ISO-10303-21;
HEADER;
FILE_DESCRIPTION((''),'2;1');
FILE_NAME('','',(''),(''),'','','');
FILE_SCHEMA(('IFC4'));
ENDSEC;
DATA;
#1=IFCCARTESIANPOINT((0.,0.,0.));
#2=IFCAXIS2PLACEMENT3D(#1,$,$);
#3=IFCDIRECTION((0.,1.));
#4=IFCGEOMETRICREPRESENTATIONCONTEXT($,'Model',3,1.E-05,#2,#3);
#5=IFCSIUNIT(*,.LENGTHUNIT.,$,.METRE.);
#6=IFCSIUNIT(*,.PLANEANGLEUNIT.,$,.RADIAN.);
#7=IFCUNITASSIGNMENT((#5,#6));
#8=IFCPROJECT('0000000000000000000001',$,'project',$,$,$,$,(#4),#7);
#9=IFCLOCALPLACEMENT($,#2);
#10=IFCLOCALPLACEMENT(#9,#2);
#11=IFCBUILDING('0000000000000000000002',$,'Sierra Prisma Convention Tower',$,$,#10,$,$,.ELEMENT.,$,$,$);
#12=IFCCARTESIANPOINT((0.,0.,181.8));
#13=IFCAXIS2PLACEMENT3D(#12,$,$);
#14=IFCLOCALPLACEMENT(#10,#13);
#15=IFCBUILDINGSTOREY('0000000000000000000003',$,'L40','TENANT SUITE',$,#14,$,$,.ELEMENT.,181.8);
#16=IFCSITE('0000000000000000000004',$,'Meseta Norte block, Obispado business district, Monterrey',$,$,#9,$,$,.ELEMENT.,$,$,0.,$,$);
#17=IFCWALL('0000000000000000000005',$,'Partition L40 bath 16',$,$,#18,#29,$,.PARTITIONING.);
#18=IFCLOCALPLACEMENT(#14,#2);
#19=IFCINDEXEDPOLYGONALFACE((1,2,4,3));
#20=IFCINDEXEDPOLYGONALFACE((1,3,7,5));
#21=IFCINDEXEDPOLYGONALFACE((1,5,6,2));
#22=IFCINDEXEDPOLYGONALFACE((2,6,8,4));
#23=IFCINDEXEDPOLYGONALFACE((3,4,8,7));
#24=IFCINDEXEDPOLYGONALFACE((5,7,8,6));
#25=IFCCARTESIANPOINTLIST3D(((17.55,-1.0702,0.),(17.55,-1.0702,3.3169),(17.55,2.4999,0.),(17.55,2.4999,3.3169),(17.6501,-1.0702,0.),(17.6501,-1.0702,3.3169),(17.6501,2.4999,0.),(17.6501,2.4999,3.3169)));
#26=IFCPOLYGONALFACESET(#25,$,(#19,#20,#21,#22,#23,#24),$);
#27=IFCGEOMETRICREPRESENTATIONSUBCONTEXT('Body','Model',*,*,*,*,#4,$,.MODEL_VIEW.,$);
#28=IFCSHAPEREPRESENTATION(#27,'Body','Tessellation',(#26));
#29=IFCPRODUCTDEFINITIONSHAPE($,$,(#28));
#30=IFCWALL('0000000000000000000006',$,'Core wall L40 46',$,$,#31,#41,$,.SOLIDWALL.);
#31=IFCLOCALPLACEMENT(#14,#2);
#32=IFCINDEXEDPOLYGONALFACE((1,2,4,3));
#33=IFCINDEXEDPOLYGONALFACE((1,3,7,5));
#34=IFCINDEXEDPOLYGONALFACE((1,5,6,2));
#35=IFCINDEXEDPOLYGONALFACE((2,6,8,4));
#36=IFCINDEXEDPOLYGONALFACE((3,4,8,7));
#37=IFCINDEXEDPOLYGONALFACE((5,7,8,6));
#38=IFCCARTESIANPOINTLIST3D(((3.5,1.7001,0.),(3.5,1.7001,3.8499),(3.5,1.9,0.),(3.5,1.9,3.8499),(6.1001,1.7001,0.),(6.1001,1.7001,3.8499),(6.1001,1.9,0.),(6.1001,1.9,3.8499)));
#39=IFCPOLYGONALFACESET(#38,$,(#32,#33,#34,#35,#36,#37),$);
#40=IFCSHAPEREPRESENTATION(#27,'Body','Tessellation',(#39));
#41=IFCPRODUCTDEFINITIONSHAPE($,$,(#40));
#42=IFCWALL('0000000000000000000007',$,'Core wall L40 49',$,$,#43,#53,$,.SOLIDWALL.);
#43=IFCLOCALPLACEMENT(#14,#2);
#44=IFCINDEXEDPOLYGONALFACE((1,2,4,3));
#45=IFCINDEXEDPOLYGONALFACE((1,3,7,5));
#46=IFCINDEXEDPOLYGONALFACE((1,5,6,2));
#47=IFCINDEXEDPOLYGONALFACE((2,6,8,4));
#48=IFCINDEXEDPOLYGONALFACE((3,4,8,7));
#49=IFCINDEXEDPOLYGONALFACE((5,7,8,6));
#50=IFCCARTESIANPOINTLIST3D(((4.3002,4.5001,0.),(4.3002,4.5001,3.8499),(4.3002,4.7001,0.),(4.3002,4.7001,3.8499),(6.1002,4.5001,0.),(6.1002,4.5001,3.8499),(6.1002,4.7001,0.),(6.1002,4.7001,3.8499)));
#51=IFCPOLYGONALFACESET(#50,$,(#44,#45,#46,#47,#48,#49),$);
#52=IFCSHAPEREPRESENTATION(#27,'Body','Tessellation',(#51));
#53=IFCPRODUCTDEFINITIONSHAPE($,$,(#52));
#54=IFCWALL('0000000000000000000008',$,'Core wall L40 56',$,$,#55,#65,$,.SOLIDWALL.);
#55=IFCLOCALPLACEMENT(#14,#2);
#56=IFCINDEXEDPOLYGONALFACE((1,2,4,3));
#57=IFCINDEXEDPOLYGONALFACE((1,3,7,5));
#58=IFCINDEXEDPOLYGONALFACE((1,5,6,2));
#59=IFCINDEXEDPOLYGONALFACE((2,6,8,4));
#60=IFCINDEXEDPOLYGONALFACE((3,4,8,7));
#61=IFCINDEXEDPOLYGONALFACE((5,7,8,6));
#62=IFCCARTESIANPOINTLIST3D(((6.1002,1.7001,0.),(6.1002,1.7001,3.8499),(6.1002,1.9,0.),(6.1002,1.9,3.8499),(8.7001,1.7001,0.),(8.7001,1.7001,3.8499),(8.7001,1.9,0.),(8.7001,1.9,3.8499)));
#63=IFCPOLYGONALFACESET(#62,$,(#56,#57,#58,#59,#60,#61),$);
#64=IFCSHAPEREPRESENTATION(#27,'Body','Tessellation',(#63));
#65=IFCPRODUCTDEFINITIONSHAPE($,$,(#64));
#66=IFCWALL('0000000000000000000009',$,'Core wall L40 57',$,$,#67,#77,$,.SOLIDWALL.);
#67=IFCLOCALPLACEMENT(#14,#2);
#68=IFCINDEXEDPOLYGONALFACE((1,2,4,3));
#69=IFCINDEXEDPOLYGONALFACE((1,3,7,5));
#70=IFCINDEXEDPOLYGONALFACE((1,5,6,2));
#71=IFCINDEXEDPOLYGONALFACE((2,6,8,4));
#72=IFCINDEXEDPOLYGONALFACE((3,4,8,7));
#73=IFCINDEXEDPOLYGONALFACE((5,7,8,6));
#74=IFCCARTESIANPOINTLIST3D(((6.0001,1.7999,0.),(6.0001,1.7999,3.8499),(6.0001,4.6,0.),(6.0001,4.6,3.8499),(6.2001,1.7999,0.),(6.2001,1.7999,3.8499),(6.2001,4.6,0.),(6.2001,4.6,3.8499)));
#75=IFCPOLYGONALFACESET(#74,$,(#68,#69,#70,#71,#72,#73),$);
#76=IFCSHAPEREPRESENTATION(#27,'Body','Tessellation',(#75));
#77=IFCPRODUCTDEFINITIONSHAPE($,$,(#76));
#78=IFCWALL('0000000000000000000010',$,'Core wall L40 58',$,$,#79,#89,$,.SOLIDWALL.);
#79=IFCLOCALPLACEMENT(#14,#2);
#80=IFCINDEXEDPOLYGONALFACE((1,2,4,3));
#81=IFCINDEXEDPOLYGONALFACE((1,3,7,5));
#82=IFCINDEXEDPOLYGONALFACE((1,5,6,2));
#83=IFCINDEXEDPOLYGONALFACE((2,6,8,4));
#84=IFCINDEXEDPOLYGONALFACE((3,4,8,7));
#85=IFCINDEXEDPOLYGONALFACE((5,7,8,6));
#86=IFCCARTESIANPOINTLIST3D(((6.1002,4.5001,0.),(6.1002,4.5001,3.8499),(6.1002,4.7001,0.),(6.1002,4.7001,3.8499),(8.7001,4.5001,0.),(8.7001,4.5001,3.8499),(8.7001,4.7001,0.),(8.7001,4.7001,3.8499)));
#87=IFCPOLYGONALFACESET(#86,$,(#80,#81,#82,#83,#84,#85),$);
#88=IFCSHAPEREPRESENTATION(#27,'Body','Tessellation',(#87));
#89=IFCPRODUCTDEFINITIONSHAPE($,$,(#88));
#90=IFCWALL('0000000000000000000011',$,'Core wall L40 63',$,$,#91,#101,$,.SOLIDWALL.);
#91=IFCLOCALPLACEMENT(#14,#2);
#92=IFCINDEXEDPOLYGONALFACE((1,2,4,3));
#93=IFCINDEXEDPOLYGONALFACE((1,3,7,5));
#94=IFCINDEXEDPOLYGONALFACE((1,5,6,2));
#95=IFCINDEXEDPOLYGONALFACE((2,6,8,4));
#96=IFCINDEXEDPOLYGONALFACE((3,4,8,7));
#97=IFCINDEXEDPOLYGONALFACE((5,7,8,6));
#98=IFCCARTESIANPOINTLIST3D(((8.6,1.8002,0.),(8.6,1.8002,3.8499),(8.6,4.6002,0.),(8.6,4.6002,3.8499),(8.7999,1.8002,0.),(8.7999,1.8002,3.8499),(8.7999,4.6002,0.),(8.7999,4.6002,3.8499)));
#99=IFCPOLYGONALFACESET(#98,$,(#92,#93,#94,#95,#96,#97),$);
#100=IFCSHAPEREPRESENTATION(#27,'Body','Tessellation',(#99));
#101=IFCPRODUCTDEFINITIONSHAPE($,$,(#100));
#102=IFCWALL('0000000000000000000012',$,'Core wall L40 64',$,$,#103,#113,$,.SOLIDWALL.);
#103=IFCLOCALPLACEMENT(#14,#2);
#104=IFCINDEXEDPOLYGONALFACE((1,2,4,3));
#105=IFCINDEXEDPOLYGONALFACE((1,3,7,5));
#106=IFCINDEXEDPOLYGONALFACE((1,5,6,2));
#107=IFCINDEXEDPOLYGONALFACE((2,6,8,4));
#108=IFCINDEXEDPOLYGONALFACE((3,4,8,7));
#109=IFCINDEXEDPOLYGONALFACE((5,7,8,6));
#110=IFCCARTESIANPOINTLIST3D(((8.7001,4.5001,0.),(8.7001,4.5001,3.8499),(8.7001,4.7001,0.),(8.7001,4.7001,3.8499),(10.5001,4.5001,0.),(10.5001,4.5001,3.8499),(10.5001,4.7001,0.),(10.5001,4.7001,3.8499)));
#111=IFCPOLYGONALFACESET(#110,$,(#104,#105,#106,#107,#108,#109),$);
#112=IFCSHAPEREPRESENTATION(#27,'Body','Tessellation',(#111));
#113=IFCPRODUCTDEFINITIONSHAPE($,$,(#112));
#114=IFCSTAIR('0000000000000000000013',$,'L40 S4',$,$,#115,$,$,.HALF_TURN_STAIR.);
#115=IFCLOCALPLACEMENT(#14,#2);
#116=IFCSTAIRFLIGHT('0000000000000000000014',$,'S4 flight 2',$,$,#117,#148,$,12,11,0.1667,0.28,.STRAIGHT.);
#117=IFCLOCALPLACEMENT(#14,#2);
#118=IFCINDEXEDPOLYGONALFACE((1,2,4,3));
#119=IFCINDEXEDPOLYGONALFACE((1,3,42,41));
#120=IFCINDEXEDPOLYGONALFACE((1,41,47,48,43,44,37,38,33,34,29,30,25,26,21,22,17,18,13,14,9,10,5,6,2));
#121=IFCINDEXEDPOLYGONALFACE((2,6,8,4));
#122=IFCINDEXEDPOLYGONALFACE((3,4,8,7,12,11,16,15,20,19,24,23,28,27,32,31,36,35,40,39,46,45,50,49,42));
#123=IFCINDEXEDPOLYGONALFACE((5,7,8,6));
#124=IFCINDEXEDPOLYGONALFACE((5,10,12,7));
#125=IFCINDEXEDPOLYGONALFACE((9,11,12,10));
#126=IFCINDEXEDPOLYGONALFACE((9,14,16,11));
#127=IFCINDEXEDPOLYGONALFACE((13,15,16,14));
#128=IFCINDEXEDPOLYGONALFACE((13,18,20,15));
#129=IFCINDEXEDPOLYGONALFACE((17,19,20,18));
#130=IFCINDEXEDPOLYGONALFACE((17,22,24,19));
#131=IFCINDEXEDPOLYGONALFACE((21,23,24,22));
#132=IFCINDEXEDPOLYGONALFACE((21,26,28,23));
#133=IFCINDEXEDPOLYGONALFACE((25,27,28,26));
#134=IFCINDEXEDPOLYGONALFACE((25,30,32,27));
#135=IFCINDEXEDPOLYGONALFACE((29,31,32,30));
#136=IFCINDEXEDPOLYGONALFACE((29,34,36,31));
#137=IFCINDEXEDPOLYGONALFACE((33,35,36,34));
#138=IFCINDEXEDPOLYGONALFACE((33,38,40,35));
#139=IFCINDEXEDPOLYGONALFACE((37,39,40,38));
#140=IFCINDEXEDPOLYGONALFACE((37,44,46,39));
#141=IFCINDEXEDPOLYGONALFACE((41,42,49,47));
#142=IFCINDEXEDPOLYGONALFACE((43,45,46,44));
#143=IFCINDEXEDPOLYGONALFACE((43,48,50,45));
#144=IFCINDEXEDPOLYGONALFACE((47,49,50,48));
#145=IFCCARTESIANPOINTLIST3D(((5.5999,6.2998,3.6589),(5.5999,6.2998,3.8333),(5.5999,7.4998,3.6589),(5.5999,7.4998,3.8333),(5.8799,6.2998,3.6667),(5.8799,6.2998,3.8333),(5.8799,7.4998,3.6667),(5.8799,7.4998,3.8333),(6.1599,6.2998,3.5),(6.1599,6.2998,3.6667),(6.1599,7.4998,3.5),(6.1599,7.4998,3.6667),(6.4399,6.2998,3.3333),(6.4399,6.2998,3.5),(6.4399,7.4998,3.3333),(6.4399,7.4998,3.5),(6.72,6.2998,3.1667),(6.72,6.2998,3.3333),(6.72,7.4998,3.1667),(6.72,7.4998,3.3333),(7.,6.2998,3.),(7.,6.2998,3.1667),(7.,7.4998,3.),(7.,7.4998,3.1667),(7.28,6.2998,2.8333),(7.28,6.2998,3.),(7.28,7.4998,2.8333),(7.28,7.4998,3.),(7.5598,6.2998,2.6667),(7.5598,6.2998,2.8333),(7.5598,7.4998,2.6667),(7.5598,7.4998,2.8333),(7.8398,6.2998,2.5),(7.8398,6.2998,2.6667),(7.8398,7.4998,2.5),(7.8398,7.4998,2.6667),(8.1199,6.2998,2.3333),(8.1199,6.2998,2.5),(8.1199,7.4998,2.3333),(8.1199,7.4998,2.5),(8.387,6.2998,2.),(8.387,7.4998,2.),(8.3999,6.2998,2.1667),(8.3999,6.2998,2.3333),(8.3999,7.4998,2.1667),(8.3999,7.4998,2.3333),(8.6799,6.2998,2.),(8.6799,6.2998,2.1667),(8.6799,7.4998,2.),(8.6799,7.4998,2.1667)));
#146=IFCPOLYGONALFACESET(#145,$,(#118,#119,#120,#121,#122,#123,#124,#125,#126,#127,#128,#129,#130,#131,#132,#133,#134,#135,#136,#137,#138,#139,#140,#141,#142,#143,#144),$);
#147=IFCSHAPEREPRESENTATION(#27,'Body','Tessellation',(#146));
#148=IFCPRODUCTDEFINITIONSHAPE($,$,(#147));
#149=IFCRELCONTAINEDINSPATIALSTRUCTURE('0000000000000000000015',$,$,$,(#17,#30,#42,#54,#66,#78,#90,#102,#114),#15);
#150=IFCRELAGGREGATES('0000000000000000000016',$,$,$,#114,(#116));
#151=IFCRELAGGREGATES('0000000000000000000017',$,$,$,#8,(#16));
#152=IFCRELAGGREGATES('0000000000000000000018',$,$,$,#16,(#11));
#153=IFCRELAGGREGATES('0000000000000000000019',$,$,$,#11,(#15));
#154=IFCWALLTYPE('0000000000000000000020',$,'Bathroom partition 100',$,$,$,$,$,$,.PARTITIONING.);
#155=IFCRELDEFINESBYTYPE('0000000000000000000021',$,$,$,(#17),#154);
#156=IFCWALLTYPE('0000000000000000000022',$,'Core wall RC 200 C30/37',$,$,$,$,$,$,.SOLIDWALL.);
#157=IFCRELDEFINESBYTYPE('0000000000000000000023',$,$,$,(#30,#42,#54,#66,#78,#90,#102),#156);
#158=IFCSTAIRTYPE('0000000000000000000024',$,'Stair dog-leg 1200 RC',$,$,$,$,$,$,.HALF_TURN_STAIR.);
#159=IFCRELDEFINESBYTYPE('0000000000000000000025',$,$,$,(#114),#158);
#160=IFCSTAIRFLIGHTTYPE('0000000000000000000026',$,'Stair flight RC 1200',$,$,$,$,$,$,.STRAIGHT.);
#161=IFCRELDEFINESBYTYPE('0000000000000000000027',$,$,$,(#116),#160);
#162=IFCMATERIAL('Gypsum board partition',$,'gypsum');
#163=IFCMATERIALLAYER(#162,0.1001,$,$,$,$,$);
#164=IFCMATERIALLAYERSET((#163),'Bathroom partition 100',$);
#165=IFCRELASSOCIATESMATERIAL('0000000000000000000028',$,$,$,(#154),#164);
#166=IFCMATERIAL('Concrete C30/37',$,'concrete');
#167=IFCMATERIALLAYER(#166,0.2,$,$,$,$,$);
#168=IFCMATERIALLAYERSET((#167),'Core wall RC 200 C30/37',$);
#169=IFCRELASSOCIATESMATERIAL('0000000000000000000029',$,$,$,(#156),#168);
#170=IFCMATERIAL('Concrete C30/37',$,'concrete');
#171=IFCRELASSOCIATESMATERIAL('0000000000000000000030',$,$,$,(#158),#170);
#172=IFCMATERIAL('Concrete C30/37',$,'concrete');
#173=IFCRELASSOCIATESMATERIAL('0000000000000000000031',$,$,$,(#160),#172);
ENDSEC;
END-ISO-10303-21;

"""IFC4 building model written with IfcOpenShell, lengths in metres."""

from ifc_helpers import new_model, si_unit, direction, frame, frame_2d, origin, place, context, subcontext, project, spatial, polyline, rectangle, outline, extrude, material, layer, layer_set, type_object, element, aggregate, save


model = new_model("IFC4")

# Units and contexts
model_context = context("Model", 3, precision=1e-05, world=origin(), true_north=direction((0.0, 1.0)))
body_context = subcontext(model_context, "Body", "Model", "MODEL_VIEW")
ifc_project = project(units=[si_unit("LENGTHUNIT", "METRE"), si_unit("PLANEANGLEUNIT", "RADIAN")], contexts=[model_context])

# Site, building, storey
site_placement = place(None, origin())
site = spatial("IfcSite", under=ifc_project, at=site_placement, Name="Meseta Norte block, Obispado business district, Monterrey", CompositionType="ELEMENT", RefElevation=0.0)
building_placement = place(site_placement, origin())
building = spatial("IfcBuilding", under=site, at=building_placement, Name="Sierra Prisma Convention Tower", CompositionType="ELEMENT")
storey_placement = place(building_placement, frame((0.0, 0.0, 181.8)))
storey = spatial("IfcBuildingStorey", under=building, at=storey_placement, Name="L40", Description="TENANT SUITE", CompositionType="ELEMENT", Elevation=181.8)

# Walls
ifc_material_1 = material(Name="Gypsum board partition", Category="gypsum")
ifc_layer_1 = layer(ifc_material_1, 0.1001)
ifc_layer_set_1 = layer_set([ifc_layer_1], Name="Bathroom partition 100")
wall_type_1 = type_object("IfcWallType", Name="Bathroom partition 100", PredefinedType="PARTITIONING", material=ifc_layer_set_1)
wall_1_placement = place(storey_placement, frame((17.6001, 2.5, 0.0), z_axis=(0.0, 0.0, 1.0), x_axis=(0.0, -1.0, 0.0)))
element("IfcWall", 1, at=wall_1_placement, inside=storey, type_object=wall_type_1, Name="Partition L40 bath 16", PredefinedType="PARTITIONING", context=body_context, shape_type="SweptSolid", body=[
    extrude(rectangle(XDim=3.5701, YDim=0.1001, at=frame_2d((1.7852, 0.0))), origin(), (0.0, 0.0, 1.0), 3.3169),
])
ifc_material_2 = material(Name="Concrete C30/37", Category="concrete")
ifc_layer_2 = layer(ifc_material_2, 0.2)
ifc_layer_set_2 = layer_set([ifc_layer_2], Name="Core wall RC 200 C30/37")
wall_type_2 = type_object("IfcWallType", Name="Core wall RC 200 C30/37", PredefinedType="SOLIDWALL", material=ifc_layer_set_2)
wall_2_placement = place(storey_placement, frame((6.1001, 1.8, 0.0), z_axis=(0.0, 0.0, 1.0), x_axis=(-1.0, 0.0, 0.0)))
element("IfcWall", 2, at=wall_2_placement, inside=storey, type_object=wall_type_2, Name="Core wall L40 46", PredefinedType="SOLIDWALL", context=body_context, shape_type="SweptSolid", body=[
    extrude(rectangle(XDim=2.6001, YDim=0.2, at=frame_2d((1.3, 0.0))), origin(), (0.0, 0.0, 1.0), 3.8499),
])
wall_3_placement = place(storey_placement, frame((6.1001, 4.6001, 0.0), z_axis=(0.0, 0.0, 1.0), x_axis=(-1.0, 0.0, 0.0)))
element("IfcWall", 3, at=wall_3_placement, inside=storey, type_object=wall_type_2, Name="Core wall L40 49", PredefinedType="SOLIDWALL", context=body_context, shape_type="SweptSolid", body=[
    extrude(rectangle(XDim=1.8, YDim=0.2, at=frame_2d((0.8999, 0.0))), origin(), (0.0, 0.0, 1.0), 3.8499),
])
wall_4_placement = place(storey_placement, frame((8.7, 1.8, 0.0), z_axis=(0.0, 0.0, 1.0), x_axis=(-1.0, 0.0, 0.0)))
element("IfcWall", 4, at=wall_4_placement, inside=storey, type_object=wall_type_2, Name="Core wall L40 56", PredefinedType="SOLIDWALL", context=body_context, shape_type="SweptSolid", body=[
    extrude(rectangle(XDim=2.5999, YDim=0.2, at=frame_2d((1.2998, 0.0))), origin(), (0.0, 0.0, 1.0), 3.8499),
])
wall_5_placement = place(storey_placement, frame((6.1001, 1.8, 0.0), z_axis=(0.0, 0.0, 1.0), x_axis=(0.0, 1.0, 0.0)))
element("IfcWall", 5, at=wall_5_placement, inside=storey, type_object=wall_type_2, Name="Core wall L40 57", PredefinedType="SOLIDWALL", context=body_context, shape_type="SweptSolid", body=[
    extrude(rectangle(XDim=2.8, YDim=0.2, at=frame_2d((1.3999, 0.0))), origin(), (0.0, 0.0, 1.0), 3.8499),
])
wall_6_placement = place(storey_placement, frame((8.7, 4.6001, 0.0), z_axis=(0.0, 0.0, 1.0), x_axis=(-1.0, 0.0, 0.0)))
element("IfcWall", 6, at=wall_6_placement, inside=storey, type_object=wall_type_2, Name="Core wall L40 58", PredefinedType="SOLIDWALL", context=body_context, shape_type="SweptSolid", body=[
    extrude(rectangle(XDim=2.5999, YDim=0.2, at=frame_2d((1.2998, 0.0))), origin(), (0.0, 0.0, 1.0), 3.8499),
])

# Walls
wall_7_placement = place(storey_placement, frame((8.7, 4.6001, 0.0), z_axis=(0.0, 0.0, 1.0), x_axis=(0.0, -1.0, 0.0)))
element("IfcWall", 7, at=wall_7_placement, inside=storey, type_object=wall_type_2, Name="Core wall L40 63", PredefinedType="SOLIDWALL", context=body_context, shape_type="SweptSolid", body=[
    extrude(rectangle(XDim=2.8, YDim=0.2, at=frame_2d((1.3999, 0.0))), origin(), (0.0, 0.0, 1.0), 3.8499),
])
wall_8_placement = place(storey_placement, frame((10.5, 4.6001, 0.0), z_axis=(0.0, 0.0, 1.0), x_axis=(-1.0, 0.0, 0.0)))
element("IfcWall", 8, at=wall_8_placement, inside=storey, type_object=wall_type_2, Name="Core wall L40 64", PredefinedType="SOLIDWALL", context=body_context, shape_type="SweptSolid", body=[
    extrude(rectangle(XDim=1.8, YDim=0.2, at=frame_2d((0.8999, 0.0))), origin(), (0.0, 0.0, 1.0), 3.8499),
])

# Stair, stair flight
ifc_material_3 = material(Name="Concrete C30/37", Category="concrete")
stair_type = type_object("IfcStairType", Name="Stair dog-leg 1200 RC", PredefinedType="HALF_TURN_STAIR", material=ifc_material_3)
stair_placement = place(storey_placement, origin())
stair = element("IfcStair", 9, at=stair_placement, inside=storey, type_object=stair_type, Name="L40 S4", PredefinedType="HALF_TURN_STAIR")
ifc_material_4 = material(Name="Concrete C30/37", Category="concrete")
stair_flight_type = type_object("IfcStairFlightType", Name="Stair flight RC 1200", PredefinedType="STRAIGHT", material=ifc_material_4)
stair_flight_placement = place(storey_placement, frame((8.6799, 6.8999, 2.0), z_axis=(0.0, 0.0, 1.0), x_axis=(-1.0, 0.0, 0.0)))
stair_flight = element("IfcStairFlight", 10, at=stair_flight_placement, type_object=stair_flight_type, Name="S4 flight 2", NumberOfRisers=12, NumberOfTreads=11, PredefinedType="STRAIGHT", RiserHeight=0.1667, TreadLength=0.28, context=body_context, shape_type="SweptSolid", body=[
    extrude(outline(polyline([(0.0, 0.0), (0.0, 0.1667), (0.28, 0.1667), (0.28, 0.3333), (0.5601, 0.3333), (0.5601, 0.5), (0.8401, 0.5), (0.8401, 0.6667), (1.1201, 0.6667), (1.1201, 0.8333), (1.3999, 0.8333), (1.3999, 1.0), (1.6799, 1.0), (1.6799, 1.1667), (1.96, 1.1667), (1.96, 1.3333), (2.24, 1.3333), (2.24, 1.5), (2.52, 1.5), (2.52, 1.6667), (2.8, 1.6667), (2.8, 1.8333), (3.0801, 1.8333), (3.0801, 2.0), (3.0801, 1.6589), (0.293, 0.0), (0.0, 0.0)])), frame((0.0, 0.6001, 0.0), z_axis=(0.0, -1.0, 0.0), x_axis=(1.0, 0.0, 0.0)), (0.0, 0.0, 1.0), 1.2),
])
aggregate(stair, [stair_flight])

save(model, "model.ifc")
